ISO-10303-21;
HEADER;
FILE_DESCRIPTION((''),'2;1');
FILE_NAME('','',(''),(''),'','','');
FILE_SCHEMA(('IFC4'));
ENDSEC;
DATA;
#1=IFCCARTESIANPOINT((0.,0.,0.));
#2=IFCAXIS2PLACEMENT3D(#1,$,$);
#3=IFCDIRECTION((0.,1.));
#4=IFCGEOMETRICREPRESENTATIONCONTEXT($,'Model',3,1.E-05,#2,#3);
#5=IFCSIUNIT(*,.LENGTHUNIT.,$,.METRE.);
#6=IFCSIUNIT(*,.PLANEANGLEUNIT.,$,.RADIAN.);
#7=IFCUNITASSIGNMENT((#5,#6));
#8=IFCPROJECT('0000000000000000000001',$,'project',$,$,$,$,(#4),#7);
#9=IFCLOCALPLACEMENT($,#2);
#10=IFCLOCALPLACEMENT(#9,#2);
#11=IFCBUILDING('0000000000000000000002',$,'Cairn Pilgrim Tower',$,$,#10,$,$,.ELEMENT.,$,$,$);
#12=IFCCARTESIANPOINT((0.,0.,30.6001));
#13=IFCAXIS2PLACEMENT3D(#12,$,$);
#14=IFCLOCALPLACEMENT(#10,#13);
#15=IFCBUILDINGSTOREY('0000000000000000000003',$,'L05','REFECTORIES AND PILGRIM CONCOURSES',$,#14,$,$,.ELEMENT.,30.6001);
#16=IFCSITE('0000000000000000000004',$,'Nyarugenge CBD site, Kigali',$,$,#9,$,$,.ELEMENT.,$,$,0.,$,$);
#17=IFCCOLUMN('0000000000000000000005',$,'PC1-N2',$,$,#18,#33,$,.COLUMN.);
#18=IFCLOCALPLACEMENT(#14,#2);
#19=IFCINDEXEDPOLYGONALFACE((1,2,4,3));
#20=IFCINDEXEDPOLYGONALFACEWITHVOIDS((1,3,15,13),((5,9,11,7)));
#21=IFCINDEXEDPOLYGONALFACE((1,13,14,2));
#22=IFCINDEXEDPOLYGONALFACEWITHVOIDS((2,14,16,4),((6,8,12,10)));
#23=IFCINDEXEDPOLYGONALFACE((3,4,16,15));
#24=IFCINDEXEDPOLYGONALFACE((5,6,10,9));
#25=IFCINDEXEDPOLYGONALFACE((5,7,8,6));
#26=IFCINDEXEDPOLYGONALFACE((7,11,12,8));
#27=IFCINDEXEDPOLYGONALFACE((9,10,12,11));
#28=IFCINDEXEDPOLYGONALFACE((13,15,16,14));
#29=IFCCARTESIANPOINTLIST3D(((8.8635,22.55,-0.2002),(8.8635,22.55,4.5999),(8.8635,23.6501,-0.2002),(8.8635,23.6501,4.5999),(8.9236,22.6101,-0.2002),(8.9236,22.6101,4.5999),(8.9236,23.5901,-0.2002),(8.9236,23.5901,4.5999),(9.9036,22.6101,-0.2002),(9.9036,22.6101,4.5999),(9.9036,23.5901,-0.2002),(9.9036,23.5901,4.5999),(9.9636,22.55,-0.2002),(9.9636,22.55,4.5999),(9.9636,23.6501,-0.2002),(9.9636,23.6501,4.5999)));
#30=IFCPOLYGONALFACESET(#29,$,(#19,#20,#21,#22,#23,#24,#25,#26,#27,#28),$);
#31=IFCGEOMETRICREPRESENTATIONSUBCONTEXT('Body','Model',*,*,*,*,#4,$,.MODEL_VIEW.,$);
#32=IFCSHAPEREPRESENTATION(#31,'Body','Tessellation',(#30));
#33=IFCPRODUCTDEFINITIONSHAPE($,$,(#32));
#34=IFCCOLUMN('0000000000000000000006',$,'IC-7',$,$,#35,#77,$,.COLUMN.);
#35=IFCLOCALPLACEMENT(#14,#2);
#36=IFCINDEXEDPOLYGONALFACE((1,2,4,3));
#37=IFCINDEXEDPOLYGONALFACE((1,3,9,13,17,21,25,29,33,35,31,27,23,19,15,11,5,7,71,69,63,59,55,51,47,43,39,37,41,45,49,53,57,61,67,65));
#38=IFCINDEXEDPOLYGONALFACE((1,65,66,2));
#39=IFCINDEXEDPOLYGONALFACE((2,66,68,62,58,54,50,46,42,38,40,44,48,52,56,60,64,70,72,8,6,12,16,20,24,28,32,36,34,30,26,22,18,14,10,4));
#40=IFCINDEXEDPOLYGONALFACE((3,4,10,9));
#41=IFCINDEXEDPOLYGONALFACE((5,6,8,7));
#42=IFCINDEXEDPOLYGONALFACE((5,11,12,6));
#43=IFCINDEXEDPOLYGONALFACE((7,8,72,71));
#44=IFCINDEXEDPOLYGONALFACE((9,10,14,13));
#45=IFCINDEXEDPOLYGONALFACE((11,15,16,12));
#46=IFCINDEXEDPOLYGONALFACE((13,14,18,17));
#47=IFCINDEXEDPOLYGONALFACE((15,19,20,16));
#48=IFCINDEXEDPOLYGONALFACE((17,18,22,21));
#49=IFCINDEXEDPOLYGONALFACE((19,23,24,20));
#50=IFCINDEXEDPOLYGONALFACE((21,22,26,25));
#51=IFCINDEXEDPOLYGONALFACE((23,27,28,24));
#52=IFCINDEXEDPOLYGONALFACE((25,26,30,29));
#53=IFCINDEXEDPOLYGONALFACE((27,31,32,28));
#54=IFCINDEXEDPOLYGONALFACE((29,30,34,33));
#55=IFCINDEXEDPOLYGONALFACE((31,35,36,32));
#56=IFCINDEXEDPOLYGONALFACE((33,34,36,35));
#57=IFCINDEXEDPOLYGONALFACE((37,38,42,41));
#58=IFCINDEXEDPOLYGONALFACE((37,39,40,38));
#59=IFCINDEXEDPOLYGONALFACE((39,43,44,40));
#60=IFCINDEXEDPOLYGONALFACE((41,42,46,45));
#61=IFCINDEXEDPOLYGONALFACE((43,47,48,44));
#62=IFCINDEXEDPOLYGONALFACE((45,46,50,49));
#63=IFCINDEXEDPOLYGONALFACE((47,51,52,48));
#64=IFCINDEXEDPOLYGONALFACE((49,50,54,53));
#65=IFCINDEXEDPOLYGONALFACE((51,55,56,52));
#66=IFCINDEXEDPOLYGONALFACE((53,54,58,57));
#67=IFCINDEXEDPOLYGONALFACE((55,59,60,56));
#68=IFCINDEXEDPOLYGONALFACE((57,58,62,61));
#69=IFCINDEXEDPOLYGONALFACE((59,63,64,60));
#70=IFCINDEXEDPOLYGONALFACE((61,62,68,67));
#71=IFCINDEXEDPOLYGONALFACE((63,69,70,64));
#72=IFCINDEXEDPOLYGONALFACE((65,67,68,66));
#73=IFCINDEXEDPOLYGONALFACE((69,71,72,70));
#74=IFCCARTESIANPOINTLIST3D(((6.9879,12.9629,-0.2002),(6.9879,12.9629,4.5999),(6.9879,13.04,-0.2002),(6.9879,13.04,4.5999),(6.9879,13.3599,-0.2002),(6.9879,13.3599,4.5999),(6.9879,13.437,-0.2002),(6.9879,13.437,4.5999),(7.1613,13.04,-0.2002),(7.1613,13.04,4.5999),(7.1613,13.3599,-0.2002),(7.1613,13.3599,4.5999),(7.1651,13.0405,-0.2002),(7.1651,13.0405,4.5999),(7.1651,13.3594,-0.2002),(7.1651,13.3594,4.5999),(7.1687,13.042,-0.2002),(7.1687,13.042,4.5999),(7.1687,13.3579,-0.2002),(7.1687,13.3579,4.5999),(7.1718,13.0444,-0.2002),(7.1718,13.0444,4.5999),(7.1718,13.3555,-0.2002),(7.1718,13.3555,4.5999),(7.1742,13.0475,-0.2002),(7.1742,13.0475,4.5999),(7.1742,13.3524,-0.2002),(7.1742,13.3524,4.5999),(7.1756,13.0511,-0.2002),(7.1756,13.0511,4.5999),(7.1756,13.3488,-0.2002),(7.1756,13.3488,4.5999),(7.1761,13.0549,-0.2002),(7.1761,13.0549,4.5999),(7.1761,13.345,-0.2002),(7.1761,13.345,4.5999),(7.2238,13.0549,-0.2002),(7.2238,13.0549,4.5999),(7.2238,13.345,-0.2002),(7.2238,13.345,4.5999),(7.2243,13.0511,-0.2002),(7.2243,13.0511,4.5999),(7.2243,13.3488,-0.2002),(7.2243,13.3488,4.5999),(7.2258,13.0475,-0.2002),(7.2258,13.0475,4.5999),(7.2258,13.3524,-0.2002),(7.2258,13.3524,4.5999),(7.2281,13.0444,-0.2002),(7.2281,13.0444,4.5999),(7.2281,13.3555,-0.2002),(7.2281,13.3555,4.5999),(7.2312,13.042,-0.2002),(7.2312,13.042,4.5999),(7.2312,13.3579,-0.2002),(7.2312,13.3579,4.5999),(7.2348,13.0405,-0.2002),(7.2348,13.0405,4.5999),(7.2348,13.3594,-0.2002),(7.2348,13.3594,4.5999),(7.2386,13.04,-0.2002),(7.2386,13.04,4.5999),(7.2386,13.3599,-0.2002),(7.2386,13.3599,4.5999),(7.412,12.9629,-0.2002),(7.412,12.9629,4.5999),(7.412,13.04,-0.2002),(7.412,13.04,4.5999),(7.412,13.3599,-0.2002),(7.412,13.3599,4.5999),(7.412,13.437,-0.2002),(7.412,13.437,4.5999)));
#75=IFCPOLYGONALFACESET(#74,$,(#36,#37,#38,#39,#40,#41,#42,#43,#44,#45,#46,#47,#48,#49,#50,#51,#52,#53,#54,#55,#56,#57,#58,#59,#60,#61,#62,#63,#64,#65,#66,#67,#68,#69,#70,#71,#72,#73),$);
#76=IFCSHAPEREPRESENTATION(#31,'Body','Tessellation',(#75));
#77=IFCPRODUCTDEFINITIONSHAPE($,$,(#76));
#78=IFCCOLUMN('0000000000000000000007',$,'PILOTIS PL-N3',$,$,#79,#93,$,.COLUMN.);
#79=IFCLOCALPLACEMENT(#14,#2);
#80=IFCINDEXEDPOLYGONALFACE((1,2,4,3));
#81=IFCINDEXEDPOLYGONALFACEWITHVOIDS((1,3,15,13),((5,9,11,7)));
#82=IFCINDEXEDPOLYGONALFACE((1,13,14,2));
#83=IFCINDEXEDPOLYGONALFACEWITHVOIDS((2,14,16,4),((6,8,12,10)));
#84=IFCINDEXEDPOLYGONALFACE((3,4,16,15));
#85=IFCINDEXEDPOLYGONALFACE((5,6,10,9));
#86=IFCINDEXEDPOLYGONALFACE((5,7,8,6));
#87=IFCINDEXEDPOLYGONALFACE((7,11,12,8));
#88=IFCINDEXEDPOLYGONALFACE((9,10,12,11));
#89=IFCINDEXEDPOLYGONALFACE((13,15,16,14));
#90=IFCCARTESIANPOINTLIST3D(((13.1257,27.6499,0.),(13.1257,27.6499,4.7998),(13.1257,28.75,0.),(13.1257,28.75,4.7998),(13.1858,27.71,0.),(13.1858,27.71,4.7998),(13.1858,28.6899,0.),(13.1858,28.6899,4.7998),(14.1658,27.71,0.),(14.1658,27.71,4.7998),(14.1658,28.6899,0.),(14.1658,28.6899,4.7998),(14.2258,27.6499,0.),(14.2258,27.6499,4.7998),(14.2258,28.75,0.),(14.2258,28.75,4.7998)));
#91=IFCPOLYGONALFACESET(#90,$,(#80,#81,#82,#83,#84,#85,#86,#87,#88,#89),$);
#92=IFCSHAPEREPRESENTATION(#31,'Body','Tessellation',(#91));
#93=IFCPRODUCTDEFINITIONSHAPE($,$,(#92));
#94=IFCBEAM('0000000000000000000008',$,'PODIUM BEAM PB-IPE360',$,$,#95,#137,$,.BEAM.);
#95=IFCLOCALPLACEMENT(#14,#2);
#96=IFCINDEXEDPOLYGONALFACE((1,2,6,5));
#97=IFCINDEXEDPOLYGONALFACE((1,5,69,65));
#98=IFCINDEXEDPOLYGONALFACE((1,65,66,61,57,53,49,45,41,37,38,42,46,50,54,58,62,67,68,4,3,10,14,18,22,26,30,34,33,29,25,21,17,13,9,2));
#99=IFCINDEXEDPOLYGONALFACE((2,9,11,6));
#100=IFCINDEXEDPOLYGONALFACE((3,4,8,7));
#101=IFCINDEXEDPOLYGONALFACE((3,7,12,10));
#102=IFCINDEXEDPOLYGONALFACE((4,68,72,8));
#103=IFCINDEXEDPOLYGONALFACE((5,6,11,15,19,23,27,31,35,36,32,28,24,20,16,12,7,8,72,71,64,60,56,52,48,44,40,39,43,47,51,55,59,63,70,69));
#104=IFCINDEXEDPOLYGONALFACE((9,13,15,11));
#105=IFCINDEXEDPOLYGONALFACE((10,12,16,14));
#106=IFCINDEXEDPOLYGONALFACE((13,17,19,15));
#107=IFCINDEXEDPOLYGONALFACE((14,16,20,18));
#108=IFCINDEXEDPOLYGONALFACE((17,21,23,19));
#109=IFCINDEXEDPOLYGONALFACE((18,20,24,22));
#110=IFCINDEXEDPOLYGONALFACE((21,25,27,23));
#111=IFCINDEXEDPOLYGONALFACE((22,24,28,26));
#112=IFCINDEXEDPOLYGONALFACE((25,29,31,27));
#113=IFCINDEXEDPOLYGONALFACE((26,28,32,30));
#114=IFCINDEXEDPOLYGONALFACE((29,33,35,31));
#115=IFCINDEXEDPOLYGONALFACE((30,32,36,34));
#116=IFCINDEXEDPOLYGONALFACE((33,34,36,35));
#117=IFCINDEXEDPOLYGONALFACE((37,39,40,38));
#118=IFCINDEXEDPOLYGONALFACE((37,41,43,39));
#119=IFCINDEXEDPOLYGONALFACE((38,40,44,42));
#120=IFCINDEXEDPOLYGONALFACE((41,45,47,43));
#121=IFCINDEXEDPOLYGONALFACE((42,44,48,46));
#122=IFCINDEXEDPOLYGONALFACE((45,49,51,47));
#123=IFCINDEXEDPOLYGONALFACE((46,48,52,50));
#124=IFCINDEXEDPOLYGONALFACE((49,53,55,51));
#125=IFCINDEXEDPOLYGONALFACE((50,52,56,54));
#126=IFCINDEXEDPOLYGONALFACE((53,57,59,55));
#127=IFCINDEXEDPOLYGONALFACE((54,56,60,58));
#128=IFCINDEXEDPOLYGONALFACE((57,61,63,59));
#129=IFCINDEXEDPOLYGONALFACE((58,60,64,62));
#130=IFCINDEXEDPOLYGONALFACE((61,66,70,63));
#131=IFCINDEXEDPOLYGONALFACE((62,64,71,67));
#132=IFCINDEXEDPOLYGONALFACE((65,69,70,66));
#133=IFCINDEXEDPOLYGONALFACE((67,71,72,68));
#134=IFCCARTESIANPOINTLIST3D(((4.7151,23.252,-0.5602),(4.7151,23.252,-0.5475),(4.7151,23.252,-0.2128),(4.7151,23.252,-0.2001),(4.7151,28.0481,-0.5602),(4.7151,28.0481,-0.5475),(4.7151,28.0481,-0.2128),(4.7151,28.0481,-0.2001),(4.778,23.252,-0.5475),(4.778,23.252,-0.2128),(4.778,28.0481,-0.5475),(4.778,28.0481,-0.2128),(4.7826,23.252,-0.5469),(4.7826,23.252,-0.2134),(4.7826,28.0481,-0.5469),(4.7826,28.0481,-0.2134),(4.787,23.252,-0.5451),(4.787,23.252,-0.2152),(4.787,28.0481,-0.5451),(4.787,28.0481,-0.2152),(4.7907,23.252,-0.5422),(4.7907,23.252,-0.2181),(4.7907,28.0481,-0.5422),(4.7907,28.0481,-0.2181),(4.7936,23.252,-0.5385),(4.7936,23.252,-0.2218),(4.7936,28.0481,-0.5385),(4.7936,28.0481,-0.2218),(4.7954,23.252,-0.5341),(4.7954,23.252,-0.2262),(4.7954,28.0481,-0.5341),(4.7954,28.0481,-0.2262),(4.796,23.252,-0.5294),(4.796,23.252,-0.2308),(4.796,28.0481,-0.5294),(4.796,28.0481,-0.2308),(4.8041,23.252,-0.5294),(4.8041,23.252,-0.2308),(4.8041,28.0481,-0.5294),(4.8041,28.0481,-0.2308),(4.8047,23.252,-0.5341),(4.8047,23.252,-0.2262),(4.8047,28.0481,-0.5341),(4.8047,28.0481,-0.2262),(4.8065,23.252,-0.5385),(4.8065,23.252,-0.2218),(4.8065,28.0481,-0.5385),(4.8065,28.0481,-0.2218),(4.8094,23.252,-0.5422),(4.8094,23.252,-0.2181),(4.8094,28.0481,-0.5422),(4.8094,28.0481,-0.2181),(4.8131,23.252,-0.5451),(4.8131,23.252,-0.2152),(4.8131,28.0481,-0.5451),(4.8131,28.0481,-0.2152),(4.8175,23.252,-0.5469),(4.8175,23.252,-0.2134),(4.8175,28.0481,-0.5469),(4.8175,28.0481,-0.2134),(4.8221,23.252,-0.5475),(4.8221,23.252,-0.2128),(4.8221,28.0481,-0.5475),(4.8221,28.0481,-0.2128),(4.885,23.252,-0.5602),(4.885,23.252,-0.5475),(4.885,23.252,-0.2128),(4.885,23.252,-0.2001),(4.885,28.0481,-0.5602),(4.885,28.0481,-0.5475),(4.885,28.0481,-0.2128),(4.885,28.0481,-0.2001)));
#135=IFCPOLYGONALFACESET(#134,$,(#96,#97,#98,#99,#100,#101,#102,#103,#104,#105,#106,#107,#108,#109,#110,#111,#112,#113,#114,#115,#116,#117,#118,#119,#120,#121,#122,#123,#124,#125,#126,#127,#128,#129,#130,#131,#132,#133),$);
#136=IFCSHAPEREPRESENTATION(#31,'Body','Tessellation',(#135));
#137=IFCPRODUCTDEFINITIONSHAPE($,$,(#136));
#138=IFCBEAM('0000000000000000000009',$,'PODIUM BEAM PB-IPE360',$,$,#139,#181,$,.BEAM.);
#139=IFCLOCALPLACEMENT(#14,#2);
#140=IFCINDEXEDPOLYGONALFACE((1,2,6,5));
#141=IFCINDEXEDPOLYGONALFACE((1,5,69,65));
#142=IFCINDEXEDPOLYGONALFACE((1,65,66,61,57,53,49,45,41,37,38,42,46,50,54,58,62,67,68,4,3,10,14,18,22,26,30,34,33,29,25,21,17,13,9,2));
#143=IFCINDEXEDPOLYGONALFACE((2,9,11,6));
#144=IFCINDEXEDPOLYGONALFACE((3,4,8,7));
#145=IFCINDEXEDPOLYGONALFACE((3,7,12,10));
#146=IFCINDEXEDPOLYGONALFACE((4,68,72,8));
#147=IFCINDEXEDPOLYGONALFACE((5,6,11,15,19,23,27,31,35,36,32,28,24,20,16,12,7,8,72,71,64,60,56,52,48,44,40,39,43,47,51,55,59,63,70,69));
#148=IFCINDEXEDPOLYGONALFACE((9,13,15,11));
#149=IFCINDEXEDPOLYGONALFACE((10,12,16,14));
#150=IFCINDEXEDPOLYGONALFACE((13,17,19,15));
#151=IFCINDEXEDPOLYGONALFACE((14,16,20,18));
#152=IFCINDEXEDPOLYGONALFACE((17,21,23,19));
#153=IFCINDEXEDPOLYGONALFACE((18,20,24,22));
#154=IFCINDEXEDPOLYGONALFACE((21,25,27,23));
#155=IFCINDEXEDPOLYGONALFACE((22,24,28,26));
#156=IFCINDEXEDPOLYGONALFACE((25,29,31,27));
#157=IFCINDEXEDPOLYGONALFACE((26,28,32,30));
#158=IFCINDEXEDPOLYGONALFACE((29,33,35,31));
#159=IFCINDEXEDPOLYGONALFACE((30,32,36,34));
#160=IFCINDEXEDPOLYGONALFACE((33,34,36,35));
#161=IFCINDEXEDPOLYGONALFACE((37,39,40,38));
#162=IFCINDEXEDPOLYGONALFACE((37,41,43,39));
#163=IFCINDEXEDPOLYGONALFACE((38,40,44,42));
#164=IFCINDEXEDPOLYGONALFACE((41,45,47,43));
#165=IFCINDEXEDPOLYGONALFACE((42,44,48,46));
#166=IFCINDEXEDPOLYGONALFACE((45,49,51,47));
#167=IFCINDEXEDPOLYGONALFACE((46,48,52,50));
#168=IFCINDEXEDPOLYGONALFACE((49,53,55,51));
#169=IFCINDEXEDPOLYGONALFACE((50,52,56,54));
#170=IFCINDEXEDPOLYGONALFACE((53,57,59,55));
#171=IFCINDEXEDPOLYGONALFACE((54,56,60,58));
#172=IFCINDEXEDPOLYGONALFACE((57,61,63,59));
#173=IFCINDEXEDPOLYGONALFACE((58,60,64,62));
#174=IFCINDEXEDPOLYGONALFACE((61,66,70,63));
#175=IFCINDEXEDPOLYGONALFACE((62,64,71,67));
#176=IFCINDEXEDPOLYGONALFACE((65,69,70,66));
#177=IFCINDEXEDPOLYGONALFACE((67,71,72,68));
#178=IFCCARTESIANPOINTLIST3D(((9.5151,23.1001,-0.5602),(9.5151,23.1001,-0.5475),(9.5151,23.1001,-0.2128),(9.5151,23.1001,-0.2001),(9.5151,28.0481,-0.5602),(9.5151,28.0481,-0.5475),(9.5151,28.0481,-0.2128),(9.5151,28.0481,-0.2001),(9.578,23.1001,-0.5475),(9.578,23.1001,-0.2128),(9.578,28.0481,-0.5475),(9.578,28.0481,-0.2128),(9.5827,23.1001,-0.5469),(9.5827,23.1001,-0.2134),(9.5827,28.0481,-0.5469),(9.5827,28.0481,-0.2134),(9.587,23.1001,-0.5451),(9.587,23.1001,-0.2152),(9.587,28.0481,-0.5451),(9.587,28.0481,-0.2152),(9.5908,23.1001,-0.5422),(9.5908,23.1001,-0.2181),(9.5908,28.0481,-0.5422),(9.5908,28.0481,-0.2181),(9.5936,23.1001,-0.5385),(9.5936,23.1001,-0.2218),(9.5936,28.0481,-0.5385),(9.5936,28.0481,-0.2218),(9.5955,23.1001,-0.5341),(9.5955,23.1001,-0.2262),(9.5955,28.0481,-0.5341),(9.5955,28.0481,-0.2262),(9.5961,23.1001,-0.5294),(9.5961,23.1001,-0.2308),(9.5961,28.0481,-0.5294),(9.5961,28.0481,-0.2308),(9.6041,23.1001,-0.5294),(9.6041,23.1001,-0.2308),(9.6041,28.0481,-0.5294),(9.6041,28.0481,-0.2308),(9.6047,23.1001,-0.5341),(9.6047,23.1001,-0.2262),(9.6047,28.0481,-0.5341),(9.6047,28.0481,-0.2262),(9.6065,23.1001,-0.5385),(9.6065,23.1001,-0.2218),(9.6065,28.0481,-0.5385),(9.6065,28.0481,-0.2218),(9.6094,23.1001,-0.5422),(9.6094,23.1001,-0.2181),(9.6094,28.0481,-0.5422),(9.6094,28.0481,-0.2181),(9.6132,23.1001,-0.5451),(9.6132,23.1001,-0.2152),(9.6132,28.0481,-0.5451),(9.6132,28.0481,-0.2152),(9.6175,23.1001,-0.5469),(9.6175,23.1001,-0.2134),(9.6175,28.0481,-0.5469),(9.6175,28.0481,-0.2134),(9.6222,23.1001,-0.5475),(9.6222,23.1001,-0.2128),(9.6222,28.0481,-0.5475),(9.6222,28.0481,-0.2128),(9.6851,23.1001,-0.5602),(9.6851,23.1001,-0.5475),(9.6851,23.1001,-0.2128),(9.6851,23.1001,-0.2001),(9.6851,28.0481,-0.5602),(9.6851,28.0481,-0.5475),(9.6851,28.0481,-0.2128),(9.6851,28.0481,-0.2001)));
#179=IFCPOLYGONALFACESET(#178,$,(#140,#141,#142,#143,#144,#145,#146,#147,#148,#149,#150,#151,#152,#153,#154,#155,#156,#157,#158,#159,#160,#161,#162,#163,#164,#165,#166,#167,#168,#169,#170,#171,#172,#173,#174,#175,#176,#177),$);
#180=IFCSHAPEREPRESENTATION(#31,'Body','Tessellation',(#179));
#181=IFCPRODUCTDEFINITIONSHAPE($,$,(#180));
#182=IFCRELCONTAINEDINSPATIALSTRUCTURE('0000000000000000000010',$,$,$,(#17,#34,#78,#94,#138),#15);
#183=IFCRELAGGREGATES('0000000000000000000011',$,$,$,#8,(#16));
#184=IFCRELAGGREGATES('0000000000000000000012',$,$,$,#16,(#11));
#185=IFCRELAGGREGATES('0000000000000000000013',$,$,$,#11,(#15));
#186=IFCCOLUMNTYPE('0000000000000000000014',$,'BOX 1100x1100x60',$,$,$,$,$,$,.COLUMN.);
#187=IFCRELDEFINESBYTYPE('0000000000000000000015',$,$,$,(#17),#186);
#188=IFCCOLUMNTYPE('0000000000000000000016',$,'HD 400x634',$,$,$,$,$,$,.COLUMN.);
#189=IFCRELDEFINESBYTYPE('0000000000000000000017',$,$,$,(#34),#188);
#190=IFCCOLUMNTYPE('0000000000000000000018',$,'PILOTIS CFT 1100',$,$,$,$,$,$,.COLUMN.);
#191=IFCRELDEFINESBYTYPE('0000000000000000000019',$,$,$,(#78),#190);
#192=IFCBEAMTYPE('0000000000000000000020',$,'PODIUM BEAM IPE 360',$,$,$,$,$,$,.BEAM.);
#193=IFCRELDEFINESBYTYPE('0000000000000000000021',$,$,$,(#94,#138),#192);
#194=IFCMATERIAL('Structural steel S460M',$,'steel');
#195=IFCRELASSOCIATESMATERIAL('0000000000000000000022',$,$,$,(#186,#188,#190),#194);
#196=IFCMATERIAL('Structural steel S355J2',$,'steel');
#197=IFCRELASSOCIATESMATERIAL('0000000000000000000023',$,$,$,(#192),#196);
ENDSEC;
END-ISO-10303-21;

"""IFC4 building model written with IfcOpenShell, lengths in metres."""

from ifc_helpers import new_model, si_unit, direction, frame, origin, origin_2d, place, context, subcontext, project, spatial, hollow_rectangle, i_section, extrude, material, material_profile, profile_set, type_object, element, save


model = new_model("IFC4")

# Units and contexts
model_context = context("Model", 3, precision=1e-05, world=origin(), true_north=direction((0.0, 1.0)))
body_context = subcontext(model_context, "Body", "Model", "MODEL_VIEW")
ifc_project = project(units=[si_unit("LENGTHUNIT", "METRE"), si_unit("PLANEANGLEUNIT", "RADIAN")], contexts=[model_context])

# Site, building, storey
site_placement = place(None, origin())
site = spatial("IfcSite", under=ifc_project, at=site_placement, Name="Nyarugenge CBD site, Kigali", CompositionType="ELEMENT", RefElevation=0.0)
building_placement = place(site_placement, origin())
building = spatial("IfcBuilding", under=site, at=building_placement, Name="Cairn Pilgrim Tower", CompositionType="ELEMENT")
storey_placement = place(building_placement, frame((0.0, 0.0, 30.6001)))
storey = spatial("IfcBuildingStorey", under=building, at=storey_placement, Name="L05", Description="REFECTORIES AND PILGRIM CONCOURSES", CompositionType="ELEMENT", Elevation=30.6001)

# Columns
ifc_material_1 = material(Name="Structural steel S460M", Category="steel")
ifc_material_profile_1 = material_profile(ifc_material_1, hollow_rectangle(XDim=1.1001, YDim=1.1001, WallThickness=0.0601, at=origin_2d()), Name="BOX 1100x1100x60")
ifc_profile_set_1 = profile_set([ifc_material_profile_1], Name="Structural steel S460M")
column_type_1 = type_object("IfcColumnType", Name="BOX 1100x1100x60", PredefinedType="COLUMN", material=ifc_profile_set_1)
column_1_placement = place(storey_placement, frame((9.4136, 23.1001, -0.2002), z_axis=(0.0, 0.0, 1.0), x_axis=(1.0, 0.0, 0.0)))
element("IfcColumn", 1, at=column_1_placement, inside=storey, type_object=column_type_1, Name="PC1-N2", PredefinedType="COLUMN", context=body_context, shape_type="SweptSolid", body=[
    extrude(hollow_rectangle(XDim=1.1001, YDim=1.1001, WallThickness=0.0601, at=origin_2d()), origin(), (0.0, 0.0, 1.0), 4.8),
])
ifc_material_profile_2 = material_profile(ifc_material_1, i_section(OverallWidth=0.4241, OverallDepth=0.4741, WebThickness=0.0476, FlangeThickness=0.0771, FilletRadius=0.0149, at=origin_2d()), Name="HD 400x634")
ifc_profile_set_2 = profile_set([ifc_material_profile_2], Name="Structural steel S460M")
column_type_2 = type_object("IfcColumnType", Name="HD 400x634", PredefinedType="COLUMN", material=ifc_profile_set_2)
column_2_placement = place(storey_placement, frame((7.2, 13.2, -0.2002), z_axis=(0.0, 0.0, 1.0), x_axis=(1.0, 0.0, 0.0)))
element("IfcColumn", 2, at=column_2_placement, inside=storey, type_object=column_type_2, Name="IC-7", PredefinedType="COLUMN", context=body_context, shape_type="SweptSolid", body=[
    extrude(i_section(OverallWidth=0.4241, OverallDepth=0.4741, WebThickness=0.0476, FlangeThickness=0.0771, FilletRadius=0.0149, at=origin_2d()), origin(), (0.0, 0.0, 1.0), 4.8),
])
ifc_material_profile_3 = material_profile(ifc_material_1, hollow_rectangle(XDim=1.1001, YDim=1.1001, WallThickness=0.0601, at=origin_2d()), Name="BOX 1100x1100x60")
ifc_profile_set_3 = profile_set([ifc_material_profile_3], Name="Structural steel S460M")
column_type_3 = type_object("IfcColumnType", Name="PILOTIS CFT 1100", PredefinedType="COLUMN", material=ifc_profile_set_3)
column_3_placement = place(storey_placement, frame((13.6758, 28.2, 0.0), z_axis=(0.0, 0.0, 1.0), x_axis=(1.0, 0.0, 0.0)))
element("IfcColumn", 3, at=column_3_placement, inside=storey, type_object=column_type_3, Name="PILOTIS PL-N3", PredefinedType="COLUMN", context=body_context, shape_type="SweptSolid", body=[
    extrude(hollow_rectangle(XDim=1.1001, YDim=1.1001, WallThickness=0.0601, at=origin_2d()), origin(), (0.0, 0.0, 1.0), 4.7998),
])

# Beams
ifc_material_2 = material(Name="Structural steel S355J2", Category="steel")
ifc_material_profile_4 = material_profile(ifc_material_2, i_section(OverallWidth=0.1699, OverallDepth=0.3601, WebThickness=0.0081, FlangeThickness=0.0127, FilletRadius=0.0181, at=origin_2d()), Name="IPE 360")
ifc_profile_set_4 = profile_set([ifc_material_profile_4], Name="Structural steel S355J2")
beam_type_1 = type_object("IfcBeamType", Name="PODIUM BEAM IPE 360", PredefinedType="BEAM", material=ifc_profile_set_4)
beam_1_placement = place(storey_placement, frame((4.8, 23.252, -0.3801), z_axis=(0.0, 1.0, 0.0), x_axis=(-1.0, 0.0, 0.0)))
element("IfcBeam", 4, at=beam_1_placement, inside=storey, type_object=beam_type_1, Name="PODIUM BEAM PB-IPE360", PredefinedType="BEAM", context=body_context, shape_type="SweptSolid", body=[
    extrude(i_section(OverallWidth=0.1699, OverallDepth=0.3601, WebThickness=0.0081, FlangeThickness=0.0127, FilletRadius=0.0181, at=origin_2d()), origin(), (0.0, 0.0, 1.0), 4.7961),
])
beam_2_placement = place(storey_placement, frame((9.6001, 23.1001, -0.3801), z_axis=(0.0, 1.0, 0.0), x_axis=(-1.0, 0.0, 0.0)))
element("IfcBeam", 5, at=beam_2_placement, inside=storey, type_object=beam_type_1, Name="PODIUM BEAM PB-IPE360", PredefinedType="BEAM", context=body_context, shape_type="SweptSolid", body=[
    extrude(i_section(OverallWidth=0.1699, OverallDepth=0.3601, WebThickness=0.0081, FlangeThickness=0.0127, FilletRadius=0.0181, at=origin_2d()), origin(), (0.0, 0.0, 1.0), 4.948),
])

save(model, "model.ifc")
